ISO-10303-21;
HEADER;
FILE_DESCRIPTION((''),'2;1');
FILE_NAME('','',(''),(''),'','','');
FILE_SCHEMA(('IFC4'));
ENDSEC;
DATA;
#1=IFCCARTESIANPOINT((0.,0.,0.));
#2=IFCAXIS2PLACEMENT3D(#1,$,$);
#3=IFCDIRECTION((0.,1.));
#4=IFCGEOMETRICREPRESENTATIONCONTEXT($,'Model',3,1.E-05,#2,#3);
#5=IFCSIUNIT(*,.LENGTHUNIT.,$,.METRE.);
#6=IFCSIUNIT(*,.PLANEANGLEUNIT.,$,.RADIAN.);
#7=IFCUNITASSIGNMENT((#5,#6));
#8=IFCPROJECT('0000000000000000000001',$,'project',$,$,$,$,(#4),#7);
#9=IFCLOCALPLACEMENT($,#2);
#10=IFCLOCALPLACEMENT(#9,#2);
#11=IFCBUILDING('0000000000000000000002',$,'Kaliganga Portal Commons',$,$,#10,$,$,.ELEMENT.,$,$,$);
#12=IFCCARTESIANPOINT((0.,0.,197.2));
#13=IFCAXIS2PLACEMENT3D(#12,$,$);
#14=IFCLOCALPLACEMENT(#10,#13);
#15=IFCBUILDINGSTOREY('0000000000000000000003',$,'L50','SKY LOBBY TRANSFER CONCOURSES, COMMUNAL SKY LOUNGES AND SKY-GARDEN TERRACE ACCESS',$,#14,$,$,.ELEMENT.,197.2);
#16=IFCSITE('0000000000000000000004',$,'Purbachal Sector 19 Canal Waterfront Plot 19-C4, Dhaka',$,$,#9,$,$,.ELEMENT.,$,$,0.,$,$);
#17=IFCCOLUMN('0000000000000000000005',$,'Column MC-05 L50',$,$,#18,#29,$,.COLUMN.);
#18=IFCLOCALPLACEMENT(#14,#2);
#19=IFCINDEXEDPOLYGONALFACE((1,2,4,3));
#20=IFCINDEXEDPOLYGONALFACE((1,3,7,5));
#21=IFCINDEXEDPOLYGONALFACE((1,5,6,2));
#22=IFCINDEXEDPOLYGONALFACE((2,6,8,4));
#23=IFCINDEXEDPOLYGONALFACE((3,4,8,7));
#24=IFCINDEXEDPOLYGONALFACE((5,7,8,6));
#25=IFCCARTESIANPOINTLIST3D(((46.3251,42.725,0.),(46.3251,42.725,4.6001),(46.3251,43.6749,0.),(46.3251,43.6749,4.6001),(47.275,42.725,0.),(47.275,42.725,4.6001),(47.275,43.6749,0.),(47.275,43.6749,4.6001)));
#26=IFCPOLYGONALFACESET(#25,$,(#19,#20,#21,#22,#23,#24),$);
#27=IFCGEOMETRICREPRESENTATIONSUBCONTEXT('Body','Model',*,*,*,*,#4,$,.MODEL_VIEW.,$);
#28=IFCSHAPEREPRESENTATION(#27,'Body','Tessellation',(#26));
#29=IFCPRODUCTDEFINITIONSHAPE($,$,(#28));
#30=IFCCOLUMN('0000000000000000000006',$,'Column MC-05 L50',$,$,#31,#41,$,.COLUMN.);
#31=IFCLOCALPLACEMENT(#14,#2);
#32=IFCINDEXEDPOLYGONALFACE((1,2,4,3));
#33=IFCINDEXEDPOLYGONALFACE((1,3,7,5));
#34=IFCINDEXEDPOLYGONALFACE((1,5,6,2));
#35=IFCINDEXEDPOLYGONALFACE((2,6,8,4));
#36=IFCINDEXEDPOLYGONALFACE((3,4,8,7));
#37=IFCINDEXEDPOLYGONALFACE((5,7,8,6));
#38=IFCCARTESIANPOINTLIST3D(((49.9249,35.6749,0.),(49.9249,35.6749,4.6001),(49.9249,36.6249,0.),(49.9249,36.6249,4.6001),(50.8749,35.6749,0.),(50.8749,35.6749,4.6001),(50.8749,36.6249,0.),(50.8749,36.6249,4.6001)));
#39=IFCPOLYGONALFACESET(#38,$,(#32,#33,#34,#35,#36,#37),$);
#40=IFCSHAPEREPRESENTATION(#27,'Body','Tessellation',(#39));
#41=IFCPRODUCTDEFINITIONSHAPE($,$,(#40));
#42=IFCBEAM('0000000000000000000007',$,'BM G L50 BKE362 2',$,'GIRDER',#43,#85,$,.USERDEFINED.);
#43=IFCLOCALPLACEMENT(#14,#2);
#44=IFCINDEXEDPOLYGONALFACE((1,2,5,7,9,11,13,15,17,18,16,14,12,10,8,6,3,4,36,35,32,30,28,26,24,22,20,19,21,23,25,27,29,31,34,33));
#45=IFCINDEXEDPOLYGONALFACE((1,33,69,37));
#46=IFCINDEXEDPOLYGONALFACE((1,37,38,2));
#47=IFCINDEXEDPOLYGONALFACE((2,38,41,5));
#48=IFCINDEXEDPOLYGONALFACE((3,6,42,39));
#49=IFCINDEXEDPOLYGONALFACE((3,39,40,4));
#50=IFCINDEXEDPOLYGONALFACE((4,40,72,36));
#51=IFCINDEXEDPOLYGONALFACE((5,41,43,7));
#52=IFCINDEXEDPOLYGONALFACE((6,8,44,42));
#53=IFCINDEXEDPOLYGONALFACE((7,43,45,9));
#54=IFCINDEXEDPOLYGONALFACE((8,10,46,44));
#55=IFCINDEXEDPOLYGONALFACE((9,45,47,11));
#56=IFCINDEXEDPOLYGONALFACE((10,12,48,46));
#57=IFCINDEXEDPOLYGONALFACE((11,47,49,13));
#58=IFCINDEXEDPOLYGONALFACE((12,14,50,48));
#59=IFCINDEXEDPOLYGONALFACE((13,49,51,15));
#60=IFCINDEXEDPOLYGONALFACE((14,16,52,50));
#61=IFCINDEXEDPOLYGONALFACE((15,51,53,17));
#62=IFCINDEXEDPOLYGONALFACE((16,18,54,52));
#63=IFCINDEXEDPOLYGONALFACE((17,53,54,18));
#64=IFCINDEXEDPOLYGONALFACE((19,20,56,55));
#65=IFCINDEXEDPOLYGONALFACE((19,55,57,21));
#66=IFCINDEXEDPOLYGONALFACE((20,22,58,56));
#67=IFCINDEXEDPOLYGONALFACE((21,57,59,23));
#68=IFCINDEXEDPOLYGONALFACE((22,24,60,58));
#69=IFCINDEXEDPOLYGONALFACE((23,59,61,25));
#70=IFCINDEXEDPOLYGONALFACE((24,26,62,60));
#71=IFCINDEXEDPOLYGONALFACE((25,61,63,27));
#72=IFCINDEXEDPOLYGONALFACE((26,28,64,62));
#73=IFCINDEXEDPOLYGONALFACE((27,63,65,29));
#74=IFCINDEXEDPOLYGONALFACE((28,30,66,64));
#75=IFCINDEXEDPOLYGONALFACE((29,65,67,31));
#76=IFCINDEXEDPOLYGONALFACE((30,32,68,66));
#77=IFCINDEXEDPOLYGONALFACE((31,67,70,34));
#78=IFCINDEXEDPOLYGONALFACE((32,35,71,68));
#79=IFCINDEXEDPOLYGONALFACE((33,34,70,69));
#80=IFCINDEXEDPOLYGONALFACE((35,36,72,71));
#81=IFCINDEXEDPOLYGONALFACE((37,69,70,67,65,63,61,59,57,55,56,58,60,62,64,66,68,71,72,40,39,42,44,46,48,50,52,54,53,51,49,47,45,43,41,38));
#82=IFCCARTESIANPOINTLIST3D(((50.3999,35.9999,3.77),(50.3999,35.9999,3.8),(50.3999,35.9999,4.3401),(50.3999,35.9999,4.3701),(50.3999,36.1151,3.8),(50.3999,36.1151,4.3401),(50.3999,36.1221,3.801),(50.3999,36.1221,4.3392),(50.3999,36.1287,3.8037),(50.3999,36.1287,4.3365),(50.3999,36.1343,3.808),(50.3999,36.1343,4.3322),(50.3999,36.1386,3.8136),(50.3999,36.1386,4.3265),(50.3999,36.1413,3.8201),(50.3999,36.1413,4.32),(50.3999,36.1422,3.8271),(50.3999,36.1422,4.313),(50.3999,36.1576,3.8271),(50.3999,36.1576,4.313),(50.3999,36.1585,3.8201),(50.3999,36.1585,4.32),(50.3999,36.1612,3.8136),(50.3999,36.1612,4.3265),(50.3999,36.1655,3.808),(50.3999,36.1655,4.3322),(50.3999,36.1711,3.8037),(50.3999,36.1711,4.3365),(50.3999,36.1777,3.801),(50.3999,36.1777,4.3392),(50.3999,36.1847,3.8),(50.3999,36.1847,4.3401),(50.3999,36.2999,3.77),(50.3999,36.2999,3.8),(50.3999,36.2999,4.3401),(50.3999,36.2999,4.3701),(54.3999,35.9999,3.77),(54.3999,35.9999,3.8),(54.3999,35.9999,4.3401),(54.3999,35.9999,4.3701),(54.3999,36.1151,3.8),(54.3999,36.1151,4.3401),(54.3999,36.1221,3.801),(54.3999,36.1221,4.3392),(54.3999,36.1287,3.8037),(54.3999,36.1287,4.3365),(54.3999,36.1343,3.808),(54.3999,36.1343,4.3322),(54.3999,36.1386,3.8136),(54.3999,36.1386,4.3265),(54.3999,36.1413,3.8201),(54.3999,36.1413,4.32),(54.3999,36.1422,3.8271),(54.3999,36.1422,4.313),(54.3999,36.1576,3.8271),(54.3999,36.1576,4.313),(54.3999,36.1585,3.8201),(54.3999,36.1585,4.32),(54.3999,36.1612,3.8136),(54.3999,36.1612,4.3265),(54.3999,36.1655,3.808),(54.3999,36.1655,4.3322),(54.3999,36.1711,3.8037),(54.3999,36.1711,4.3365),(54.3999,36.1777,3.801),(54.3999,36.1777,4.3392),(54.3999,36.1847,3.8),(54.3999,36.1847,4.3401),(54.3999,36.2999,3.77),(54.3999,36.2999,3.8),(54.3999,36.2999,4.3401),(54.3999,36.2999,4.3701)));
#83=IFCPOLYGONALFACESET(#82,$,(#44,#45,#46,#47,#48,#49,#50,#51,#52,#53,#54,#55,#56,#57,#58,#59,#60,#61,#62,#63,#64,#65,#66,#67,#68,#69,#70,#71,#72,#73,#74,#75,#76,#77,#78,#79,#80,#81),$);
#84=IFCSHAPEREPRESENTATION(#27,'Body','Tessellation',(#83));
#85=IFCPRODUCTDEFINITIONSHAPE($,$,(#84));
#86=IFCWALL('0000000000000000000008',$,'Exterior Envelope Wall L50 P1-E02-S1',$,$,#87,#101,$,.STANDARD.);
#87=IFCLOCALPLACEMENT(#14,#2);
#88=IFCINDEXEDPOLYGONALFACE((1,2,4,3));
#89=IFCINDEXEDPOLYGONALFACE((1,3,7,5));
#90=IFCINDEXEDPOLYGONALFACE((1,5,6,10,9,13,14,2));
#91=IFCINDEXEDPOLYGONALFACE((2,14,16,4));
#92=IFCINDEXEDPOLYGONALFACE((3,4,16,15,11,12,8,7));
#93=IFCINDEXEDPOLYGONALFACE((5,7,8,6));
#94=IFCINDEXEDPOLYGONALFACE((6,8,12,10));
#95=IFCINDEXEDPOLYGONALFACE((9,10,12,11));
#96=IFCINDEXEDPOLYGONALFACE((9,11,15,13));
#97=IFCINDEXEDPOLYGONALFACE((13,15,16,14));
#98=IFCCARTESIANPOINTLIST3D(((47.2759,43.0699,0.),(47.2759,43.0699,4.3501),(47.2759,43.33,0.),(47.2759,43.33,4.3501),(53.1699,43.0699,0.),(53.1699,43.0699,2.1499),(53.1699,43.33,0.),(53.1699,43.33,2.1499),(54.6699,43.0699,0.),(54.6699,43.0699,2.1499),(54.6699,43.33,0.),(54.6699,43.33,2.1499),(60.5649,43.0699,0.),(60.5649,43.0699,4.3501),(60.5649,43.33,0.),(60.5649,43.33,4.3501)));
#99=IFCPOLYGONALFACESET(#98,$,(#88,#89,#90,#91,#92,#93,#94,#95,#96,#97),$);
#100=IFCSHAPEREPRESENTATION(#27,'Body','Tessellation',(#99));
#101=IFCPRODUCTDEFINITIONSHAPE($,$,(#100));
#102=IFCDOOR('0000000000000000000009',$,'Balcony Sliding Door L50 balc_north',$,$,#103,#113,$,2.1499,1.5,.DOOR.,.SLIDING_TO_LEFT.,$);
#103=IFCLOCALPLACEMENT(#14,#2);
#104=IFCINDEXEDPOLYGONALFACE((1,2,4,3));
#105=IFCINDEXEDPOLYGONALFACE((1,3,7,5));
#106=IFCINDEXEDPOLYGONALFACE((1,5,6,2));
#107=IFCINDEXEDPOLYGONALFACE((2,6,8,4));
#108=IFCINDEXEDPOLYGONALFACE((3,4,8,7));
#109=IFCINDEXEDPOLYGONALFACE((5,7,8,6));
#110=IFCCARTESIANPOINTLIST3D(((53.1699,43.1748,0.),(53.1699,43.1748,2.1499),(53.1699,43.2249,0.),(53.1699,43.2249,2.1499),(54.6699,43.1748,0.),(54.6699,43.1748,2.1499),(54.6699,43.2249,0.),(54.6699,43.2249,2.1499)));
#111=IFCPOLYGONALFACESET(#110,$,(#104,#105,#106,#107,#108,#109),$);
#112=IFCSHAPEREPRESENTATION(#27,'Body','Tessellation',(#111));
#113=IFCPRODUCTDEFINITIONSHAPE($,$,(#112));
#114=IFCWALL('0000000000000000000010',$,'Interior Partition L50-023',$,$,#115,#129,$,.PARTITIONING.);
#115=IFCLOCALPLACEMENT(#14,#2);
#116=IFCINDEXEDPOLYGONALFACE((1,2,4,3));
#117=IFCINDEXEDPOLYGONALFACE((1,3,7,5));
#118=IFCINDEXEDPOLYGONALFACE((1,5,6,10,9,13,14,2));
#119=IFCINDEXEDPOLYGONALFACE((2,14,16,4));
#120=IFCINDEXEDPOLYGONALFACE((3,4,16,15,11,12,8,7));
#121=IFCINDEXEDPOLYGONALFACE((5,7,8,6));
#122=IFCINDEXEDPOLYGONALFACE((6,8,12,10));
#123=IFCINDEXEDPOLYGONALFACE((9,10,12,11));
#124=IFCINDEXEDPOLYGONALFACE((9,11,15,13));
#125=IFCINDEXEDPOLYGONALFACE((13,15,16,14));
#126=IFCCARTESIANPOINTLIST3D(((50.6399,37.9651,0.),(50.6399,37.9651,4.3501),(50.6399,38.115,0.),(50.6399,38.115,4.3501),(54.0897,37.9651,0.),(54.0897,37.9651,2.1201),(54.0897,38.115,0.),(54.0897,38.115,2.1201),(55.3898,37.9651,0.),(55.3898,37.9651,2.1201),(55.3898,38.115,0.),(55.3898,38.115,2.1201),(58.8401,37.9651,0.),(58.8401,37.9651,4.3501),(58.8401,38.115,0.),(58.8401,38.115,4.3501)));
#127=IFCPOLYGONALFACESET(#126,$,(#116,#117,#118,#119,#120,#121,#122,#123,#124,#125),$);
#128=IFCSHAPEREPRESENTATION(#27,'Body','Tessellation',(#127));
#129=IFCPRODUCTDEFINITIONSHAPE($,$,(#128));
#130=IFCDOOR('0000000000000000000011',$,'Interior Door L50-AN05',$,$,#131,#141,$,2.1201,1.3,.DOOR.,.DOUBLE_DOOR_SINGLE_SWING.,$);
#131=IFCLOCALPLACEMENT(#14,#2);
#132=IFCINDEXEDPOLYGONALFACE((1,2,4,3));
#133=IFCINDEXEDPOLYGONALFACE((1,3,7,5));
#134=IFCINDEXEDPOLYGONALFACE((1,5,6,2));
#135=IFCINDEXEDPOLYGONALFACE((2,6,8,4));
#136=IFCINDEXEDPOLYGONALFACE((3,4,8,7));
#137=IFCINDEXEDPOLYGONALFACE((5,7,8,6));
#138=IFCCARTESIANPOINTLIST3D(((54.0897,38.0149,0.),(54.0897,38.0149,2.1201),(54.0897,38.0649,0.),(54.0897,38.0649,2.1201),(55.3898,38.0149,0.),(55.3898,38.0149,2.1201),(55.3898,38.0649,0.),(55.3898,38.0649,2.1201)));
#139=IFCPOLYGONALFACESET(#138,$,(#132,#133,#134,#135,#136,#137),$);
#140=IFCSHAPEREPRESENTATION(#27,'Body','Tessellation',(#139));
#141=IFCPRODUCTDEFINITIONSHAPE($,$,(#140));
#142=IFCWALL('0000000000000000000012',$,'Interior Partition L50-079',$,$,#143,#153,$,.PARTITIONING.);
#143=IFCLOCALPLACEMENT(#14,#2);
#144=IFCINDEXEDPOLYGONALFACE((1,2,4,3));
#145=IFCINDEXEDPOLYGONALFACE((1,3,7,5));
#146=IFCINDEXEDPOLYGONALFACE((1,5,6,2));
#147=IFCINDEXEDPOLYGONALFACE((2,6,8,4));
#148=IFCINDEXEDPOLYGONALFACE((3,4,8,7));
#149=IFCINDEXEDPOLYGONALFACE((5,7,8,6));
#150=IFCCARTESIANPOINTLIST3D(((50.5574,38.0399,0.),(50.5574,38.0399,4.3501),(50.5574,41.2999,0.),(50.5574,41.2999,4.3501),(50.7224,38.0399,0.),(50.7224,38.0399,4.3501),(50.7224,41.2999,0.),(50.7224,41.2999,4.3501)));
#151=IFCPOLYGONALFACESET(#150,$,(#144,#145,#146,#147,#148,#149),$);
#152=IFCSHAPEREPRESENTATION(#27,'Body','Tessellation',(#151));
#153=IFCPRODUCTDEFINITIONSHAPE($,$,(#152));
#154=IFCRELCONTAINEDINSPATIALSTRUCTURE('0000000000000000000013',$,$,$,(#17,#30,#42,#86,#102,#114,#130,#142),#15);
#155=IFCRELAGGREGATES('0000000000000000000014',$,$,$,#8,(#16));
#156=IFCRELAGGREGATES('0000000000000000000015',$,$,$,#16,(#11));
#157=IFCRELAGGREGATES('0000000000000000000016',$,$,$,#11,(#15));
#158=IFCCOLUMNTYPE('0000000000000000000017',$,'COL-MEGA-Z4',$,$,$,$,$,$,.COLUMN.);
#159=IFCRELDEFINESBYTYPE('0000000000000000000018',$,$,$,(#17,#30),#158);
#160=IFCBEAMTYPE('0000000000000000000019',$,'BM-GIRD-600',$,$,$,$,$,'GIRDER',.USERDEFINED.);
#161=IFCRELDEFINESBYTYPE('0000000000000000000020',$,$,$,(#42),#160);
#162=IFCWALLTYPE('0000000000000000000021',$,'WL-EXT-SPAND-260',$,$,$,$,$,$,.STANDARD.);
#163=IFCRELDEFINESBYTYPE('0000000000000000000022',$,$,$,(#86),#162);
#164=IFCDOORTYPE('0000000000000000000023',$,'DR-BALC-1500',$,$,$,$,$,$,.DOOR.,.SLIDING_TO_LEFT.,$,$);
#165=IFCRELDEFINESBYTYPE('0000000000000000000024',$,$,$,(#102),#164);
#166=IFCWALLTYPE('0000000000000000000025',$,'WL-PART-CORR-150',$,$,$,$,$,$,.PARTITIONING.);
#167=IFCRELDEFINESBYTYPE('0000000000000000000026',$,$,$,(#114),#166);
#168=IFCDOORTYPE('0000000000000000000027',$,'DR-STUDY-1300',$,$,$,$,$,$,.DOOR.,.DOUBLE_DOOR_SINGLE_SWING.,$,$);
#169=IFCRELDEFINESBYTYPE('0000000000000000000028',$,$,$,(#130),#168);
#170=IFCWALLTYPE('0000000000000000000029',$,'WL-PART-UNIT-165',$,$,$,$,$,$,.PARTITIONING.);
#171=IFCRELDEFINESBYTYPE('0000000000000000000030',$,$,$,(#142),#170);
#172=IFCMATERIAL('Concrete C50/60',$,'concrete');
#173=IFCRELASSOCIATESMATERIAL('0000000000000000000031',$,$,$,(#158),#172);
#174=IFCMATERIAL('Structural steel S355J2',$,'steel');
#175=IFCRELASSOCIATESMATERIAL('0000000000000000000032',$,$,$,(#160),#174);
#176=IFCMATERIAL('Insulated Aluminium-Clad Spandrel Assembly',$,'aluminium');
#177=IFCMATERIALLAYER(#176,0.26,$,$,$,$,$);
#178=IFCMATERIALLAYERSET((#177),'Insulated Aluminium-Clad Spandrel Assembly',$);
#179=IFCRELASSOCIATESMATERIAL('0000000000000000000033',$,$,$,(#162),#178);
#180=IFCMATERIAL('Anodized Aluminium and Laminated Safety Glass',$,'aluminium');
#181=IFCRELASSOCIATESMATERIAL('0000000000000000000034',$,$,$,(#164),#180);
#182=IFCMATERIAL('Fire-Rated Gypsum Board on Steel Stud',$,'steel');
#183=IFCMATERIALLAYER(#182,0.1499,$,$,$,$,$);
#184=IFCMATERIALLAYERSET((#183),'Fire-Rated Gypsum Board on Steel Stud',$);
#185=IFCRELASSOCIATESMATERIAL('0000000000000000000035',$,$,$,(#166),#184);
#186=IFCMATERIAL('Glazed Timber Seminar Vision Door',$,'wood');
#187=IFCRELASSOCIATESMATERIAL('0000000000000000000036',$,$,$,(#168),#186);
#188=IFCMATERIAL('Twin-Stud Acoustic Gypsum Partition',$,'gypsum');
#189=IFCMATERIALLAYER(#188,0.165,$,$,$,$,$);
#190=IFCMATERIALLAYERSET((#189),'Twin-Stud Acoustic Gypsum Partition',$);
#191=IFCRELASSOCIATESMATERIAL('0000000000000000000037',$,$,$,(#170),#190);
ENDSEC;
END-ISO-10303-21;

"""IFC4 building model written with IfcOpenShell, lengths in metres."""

from ifc_helpers import new_model, si_unit, direction, frame, frame_2d, origin, origin_2d, place, context, subcontext, project, spatial, rectangle, i_section, extrude, source, transform, mapped, material, layer, layer_set, material_profile, profile_set, type_object, element, fill, save


model = new_model("IFC4")

# Units and contexts
model_context = context("Model", 3, precision=1e-05, world=origin(), true_north=direction((0.0, 1.0)))
body_context = subcontext(model_context, "Body", "Model", "MODEL_VIEW")
ifc_project = project(units=[si_unit("LENGTHUNIT", "METRE"), si_unit("PLANEANGLEUNIT", "RADIAN")], contexts=[model_context])

# Site, building, storey
site_placement = place(None, origin())
site = spatial("IfcSite", under=ifc_project, at=site_placement, Name="Purbachal Sector 19 Canal Waterfront Plot 19-C4, Dhaka", CompositionType="ELEMENT", RefElevation=0.0)
building_placement = place(site_placement, origin())
building = spatial("IfcBuilding", under=site, at=building_placement, Name="Kaliganga Portal Commons", CompositionType="ELEMENT")
storey_placement = place(building_placement, frame((0.0, 0.0, 197.2)))
storey = spatial("IfcBuildingStorey", under=building, at=storey_placement, Name="L50", Description="SKY LOBBY TRANSFER CONCOURSES, COMMUNAL SKY LOUNGES AND SKY-GARDEN TERRACE ACCESS", CompositionType="ELEMENT", Elevation=197.2)

# Columns
ifc_material_1 = material(Name="Concrete C50/60", Category="concrete")
ifc_material_profile_1 = material_profile(ifc_material_1, rectangle(XDim=0.95, YDim=0.95, at=origin_2d()), Name="RC 950x950")
ifc_profile_set_1 = profile_set([ifc_material_profile_1], Name="Concrete C50/60")
column_type = type_object("IfcColumnType", Name="COL-MEGA-Z4", PredefinedType="COLUMN", material=ifc_profile_set_1)
shared_shape_1 = source(origin(), body_context, "Body", "SweptSolid", [
    extrude(rectangle(XDim=0.95, YDim=0.95, at=origin_2d()), origin(), (0.0, 0.0, 1.0), 4.6001),
])
for number, where, z_axis, x_axis, name in (
    (1, (46.8, 43.2, 0.0), (0.0, 0.0, 1.0), (1.0, 0.0, 0.0), "Column MC-05 L50"),
    (2, (50.3999, 36.1499, 0.0), (0.0, 0.0, 1.0), (1.0, 0.0, 0.0), "Column MC-05 L50"),
):
    element("IfcColumn", number, at=place(storey_placement, frame(where, z_axis=z_axis, x_axis=x_axis)), inside=storey, type_object=column_type, Name=name, PredefinedType="COLUMN", context=body_context, shape_type="MappedRepresentation", body=[
        mapped(shared_shape_1, transform((0.0, 0.0, 0.0), x_axis=(1.0, 0.0, 0.0), y_axis=(0.0, 1.0, 0.0), z_axis=(0.0, 0.0, 1.0), scale=1.0)),
    ])

# Beam
ifc_material_2 = material(Name="Structural steel S355J2", Category="steel")
ifc_material_profile_2 = material_profile(ifc_material_2, i_section(OverallWidth=0.3, OverallDepth=0.6001, WebThickness=0.0154, FlangeThickness=0.03, FilletRadius=0.0271, at=origin_2d()), Name="HE 600 B")
ifc_profile_set_2 = profile_set([ifc_material_profile_2], Name="Structural steel S355J2 wide-flange")
beam_type = type_object("IfcBeamType", Name="BM-GIRD-600", ElementType="GIRDER", PredefinedType="USERDEFINED", material=ifc_profile_set_2)
shared_shape_2 = source(origin(), body_context, "Body", "SweptSolid", [
    extrude(i_section(OverallWidth=0.3, OverallDepth=0.6001, WebThickness=0.0154, FlangeThickness=0.03, FilletRadius=0.0271, at=origin_2d()), origin(), (0.0, 0.0, 1.0), 4.0),
])
beam_placement = place(storey_placement, frame((50.3999, 36.1499, 4.0701), z_axis=(1.0, 0.0, 0.0), x_axis=(0.0, 1.0, 0.0)))
element("IfcBeam", 3, at=beam_placement, inside=storey, type_object=beam_type, Name="BM G L50 BKE362 2", ObjectType="GIRDER", PredefinedType="USERDEFINED", context=body_context, shape_type="MappedRepresentation", body=[
    mapped(shared_shape_2, transform((0.0, 0.0, 0.0), x_axis=(1.0, 0.0, 0.0), y_axis=(0.0, 1.0, 0.0), z_axis=(0.0, 0.0, 1.0), scale=1.0)),
])

# Walls, openings, doors
ifc_material_3 = material(Name="Insulated Aluminium-Clad Spandrel Assembly", Category="aluminium")
ifc_layer_1 = layer(ifc_material_3, 0.26)
ifc_layer_set_1 = layer_set([ifc_layer_1], Name="Insulated Aluminium-Clad Spandrel Assembly")
wall_type_1 = type_object("IfcWallType", Name="WL-EXT-SPAND-260", PredefinedType="STANDARD", material=ifc_layer_set_1)
wall_1_placement = place(storey_placement, frame((47.2759, 43.2, 0.0), z_axis=(0.0, 0.0, 1.0), x_axis=(1.0, 0.0, 0.0)))
wall_1 = element("IfcWall", 4, at=wall_1_placement, inside=storey, type_object=wall_type_1, Name="Exterior Envelope Wall L50 P1-E02-S1", PredefinedType="STANDARD", context=body_context, shape_type="SweptSolid", body=[
    extrude(rectangle(XDim=13.2891, YDim=0.26, at=frame_2d((6.6445, 0.0))), origin(), (0.0, 0.0, 1.0), 4.3501),
])
opening_1_placement = place(wall_1_placement, frame((5.894, 0.0, 0.0)))
opening_1 = element("IfcOpeningElement", 5, at=opening_1_placement, cuts=wall_1, PredefinedType="OPENING", context=body_context, shape_type="SweptSolid", body=[
    extrude(rectangle(XDim=1.5, YDim=2.1499, at=frame_2d((0.75, 1.075))), frame((0.0, 0.1401, 0.0), z_axis=(0.0, -1.0, 0.0), x_axis=(1.0, 0.0, 0.0)), (0.0, 0.0, 1.0), 0.28),
])
ifc_material_4 = material(Name="Anodized Aluminium and Laminated Safety Glass", Category="aluminium")
door_type_1 = type_object("IfcDoorType", Name="DR-BALC-1500", OperationType="SLIDING_TO_LEFT", PredefinedType="DOOR", material=ifc_material_4)
door_1_placement = place(opening_1_placement, origin())
door_1 = element("IfcDoor", 6, at=door_1_placement, inside=storey, type_object=door_type_1, Name="Balcony Sliding Door L50 balc_north", OperationType="SLIDING_TO_LEFT", OverallHeight=2.1499, OverallWidth=1.5, PredefinedType="DOOR", context=body_context, shape_type="SweptSolid", body=[
    extrude(rectangle(XDim=1.5, YDim=2.1499, at=frame_2d((0.75, 1.075))), frame((0.0, 0.0249, 0.0), z_axis=(0.0, -1.0, 0.0), x_axis=(1.0, 0.0, 0.0)), (0.0, 0.0, 1.0), 0.05),
])
fill(opening_1, door_1)
ifc_material_5 = material(Name="Fire-Rated Gypsum Board on Steel Stud", Category="steel")
ifc_layer_2 = layer(ifc_material_5, 0.1499)
ifc_layer_set_2 = layer_set([ifc_layer_2], Name="Fire-Rated Gypsum Board on Steel Stud")
wall_type_2 = type_object("IfcWallType", Name="WL-PART-CORR-150", PredefinedType="PARTITIONING", material=ifc_layer_set_2)
wall_2_placement = place(storey_placement, frame((50.6399, 38.04, 0.0), z_axis=(0.0, 0.0, 1.0), x_axis=(1.0, 0.0, 0.0)))
wall_2 = element("IfcWall", 7, at=wall_2_placement, inside=storey, type_object=wall_type_2, Name="Interior Partition L50-023", PredefinedType="PARTITIONING", context=body_context, shape_type="SweptSolid", body=[
    extrude(rectangle(XDim=8.2002, YDim=0.1499, at=frame_2d((4.1001, 0.0))), origin(), (0.0, 0.0, 1.0), 4.3501),
])
opening_2_placement = place(wall_2_placement, frame((3.45, 0.0, 0.0)))
opening_2 = element("IfcOpeningElement", 8, at=opening_2_placement, cuts=wall_2, PredefinedType="OPENING", context=body_context, shape_type="SweptSolid", body=[
    extrude(rectangle(XDim=1.3, YDim=2.1201, at=frame_2d((0.6499, 1.0601))), frame((0.0, 0.085, 0.0), z_axis=(0.0, -1.0, 0.0), x_axis=(1.0, 0.0, 0.0)), (0.0, 0.0, 1.0), 0.1699),
])
ifc_material_6 = material(Name="Glazed Timber Seminar Vision Door", Category="wood")
door_type_2 = type_object("IfcDoorType", Name="DR-STUDY-1300", OperationType="DOUBLE_DOOR_SINGLE_SWING", PredefinedType="DOOR", material=ifc_material_6)
door_2_placement = place(opening_2_placement, origin())
door_2 = element("IfcDoor", 9, at=door_2_placement, inside=storey, type_object=door_type_2, Name="Interior Door L50-AN05", OperationType="DOUBLE_DOOR_SINGLE_SWING", OverallHeight=2.1201, OverallWidth=1.3, PredefinedType="DOOR", context=body_context, shape_type="SweptSolid", body=[
    extrude(rectangle(XDim=1.3, YDim=2.1201, at=frame_2d((0.6499, 1.0601))), frame((0.0, 0.0249, 0.0), z_axis=(0.0, -1.0, 0.0), x_axis=(1.0, 0.0, 0.0)), (0.0, 0.0, 1.0), 0.05),
])
fill(opening_2, door_2)

# Wall
ifc_material_7 = material(Name="Twin-Stud Acoustic Gypsum Partition", Category="gypsum")
ifc_layer_3 = layer(ifc_material_7, 0.165)
ifc_layer_set_3 = layer_set([ifc_layer_3], Name="Twin-Stud Acoustic Gypsum Partition")
wall_type_3 = type_object("IfcWallType", Name="WL-PART-UNIT-165", PredefinedType="PARTITIONING", material=ifc_layer_set_3)
wall_3_placement = place(storey_placement, frame((50.6399, 38.04, 0.0), z_axis=(0.0, 0.0, 1.0), x_axis=(0.0, 1.0, 0.0)))
element("IfcWall", 10, at=wall_3_placement, inside=storey, type_object=wall_type_3, Name="Interior Partition L50-079", PredefinedType="PARTITIONING", context=body_context, shape_type="SweptSolid", body=[
    extrude(rectangle(XDim=3.26, YDim=0.165, at=frame_2d((1.6299, 0.0))), origin(), (0.0, 0.0, 1.0), 4.3501),
])

save(model, "model.ifc")
